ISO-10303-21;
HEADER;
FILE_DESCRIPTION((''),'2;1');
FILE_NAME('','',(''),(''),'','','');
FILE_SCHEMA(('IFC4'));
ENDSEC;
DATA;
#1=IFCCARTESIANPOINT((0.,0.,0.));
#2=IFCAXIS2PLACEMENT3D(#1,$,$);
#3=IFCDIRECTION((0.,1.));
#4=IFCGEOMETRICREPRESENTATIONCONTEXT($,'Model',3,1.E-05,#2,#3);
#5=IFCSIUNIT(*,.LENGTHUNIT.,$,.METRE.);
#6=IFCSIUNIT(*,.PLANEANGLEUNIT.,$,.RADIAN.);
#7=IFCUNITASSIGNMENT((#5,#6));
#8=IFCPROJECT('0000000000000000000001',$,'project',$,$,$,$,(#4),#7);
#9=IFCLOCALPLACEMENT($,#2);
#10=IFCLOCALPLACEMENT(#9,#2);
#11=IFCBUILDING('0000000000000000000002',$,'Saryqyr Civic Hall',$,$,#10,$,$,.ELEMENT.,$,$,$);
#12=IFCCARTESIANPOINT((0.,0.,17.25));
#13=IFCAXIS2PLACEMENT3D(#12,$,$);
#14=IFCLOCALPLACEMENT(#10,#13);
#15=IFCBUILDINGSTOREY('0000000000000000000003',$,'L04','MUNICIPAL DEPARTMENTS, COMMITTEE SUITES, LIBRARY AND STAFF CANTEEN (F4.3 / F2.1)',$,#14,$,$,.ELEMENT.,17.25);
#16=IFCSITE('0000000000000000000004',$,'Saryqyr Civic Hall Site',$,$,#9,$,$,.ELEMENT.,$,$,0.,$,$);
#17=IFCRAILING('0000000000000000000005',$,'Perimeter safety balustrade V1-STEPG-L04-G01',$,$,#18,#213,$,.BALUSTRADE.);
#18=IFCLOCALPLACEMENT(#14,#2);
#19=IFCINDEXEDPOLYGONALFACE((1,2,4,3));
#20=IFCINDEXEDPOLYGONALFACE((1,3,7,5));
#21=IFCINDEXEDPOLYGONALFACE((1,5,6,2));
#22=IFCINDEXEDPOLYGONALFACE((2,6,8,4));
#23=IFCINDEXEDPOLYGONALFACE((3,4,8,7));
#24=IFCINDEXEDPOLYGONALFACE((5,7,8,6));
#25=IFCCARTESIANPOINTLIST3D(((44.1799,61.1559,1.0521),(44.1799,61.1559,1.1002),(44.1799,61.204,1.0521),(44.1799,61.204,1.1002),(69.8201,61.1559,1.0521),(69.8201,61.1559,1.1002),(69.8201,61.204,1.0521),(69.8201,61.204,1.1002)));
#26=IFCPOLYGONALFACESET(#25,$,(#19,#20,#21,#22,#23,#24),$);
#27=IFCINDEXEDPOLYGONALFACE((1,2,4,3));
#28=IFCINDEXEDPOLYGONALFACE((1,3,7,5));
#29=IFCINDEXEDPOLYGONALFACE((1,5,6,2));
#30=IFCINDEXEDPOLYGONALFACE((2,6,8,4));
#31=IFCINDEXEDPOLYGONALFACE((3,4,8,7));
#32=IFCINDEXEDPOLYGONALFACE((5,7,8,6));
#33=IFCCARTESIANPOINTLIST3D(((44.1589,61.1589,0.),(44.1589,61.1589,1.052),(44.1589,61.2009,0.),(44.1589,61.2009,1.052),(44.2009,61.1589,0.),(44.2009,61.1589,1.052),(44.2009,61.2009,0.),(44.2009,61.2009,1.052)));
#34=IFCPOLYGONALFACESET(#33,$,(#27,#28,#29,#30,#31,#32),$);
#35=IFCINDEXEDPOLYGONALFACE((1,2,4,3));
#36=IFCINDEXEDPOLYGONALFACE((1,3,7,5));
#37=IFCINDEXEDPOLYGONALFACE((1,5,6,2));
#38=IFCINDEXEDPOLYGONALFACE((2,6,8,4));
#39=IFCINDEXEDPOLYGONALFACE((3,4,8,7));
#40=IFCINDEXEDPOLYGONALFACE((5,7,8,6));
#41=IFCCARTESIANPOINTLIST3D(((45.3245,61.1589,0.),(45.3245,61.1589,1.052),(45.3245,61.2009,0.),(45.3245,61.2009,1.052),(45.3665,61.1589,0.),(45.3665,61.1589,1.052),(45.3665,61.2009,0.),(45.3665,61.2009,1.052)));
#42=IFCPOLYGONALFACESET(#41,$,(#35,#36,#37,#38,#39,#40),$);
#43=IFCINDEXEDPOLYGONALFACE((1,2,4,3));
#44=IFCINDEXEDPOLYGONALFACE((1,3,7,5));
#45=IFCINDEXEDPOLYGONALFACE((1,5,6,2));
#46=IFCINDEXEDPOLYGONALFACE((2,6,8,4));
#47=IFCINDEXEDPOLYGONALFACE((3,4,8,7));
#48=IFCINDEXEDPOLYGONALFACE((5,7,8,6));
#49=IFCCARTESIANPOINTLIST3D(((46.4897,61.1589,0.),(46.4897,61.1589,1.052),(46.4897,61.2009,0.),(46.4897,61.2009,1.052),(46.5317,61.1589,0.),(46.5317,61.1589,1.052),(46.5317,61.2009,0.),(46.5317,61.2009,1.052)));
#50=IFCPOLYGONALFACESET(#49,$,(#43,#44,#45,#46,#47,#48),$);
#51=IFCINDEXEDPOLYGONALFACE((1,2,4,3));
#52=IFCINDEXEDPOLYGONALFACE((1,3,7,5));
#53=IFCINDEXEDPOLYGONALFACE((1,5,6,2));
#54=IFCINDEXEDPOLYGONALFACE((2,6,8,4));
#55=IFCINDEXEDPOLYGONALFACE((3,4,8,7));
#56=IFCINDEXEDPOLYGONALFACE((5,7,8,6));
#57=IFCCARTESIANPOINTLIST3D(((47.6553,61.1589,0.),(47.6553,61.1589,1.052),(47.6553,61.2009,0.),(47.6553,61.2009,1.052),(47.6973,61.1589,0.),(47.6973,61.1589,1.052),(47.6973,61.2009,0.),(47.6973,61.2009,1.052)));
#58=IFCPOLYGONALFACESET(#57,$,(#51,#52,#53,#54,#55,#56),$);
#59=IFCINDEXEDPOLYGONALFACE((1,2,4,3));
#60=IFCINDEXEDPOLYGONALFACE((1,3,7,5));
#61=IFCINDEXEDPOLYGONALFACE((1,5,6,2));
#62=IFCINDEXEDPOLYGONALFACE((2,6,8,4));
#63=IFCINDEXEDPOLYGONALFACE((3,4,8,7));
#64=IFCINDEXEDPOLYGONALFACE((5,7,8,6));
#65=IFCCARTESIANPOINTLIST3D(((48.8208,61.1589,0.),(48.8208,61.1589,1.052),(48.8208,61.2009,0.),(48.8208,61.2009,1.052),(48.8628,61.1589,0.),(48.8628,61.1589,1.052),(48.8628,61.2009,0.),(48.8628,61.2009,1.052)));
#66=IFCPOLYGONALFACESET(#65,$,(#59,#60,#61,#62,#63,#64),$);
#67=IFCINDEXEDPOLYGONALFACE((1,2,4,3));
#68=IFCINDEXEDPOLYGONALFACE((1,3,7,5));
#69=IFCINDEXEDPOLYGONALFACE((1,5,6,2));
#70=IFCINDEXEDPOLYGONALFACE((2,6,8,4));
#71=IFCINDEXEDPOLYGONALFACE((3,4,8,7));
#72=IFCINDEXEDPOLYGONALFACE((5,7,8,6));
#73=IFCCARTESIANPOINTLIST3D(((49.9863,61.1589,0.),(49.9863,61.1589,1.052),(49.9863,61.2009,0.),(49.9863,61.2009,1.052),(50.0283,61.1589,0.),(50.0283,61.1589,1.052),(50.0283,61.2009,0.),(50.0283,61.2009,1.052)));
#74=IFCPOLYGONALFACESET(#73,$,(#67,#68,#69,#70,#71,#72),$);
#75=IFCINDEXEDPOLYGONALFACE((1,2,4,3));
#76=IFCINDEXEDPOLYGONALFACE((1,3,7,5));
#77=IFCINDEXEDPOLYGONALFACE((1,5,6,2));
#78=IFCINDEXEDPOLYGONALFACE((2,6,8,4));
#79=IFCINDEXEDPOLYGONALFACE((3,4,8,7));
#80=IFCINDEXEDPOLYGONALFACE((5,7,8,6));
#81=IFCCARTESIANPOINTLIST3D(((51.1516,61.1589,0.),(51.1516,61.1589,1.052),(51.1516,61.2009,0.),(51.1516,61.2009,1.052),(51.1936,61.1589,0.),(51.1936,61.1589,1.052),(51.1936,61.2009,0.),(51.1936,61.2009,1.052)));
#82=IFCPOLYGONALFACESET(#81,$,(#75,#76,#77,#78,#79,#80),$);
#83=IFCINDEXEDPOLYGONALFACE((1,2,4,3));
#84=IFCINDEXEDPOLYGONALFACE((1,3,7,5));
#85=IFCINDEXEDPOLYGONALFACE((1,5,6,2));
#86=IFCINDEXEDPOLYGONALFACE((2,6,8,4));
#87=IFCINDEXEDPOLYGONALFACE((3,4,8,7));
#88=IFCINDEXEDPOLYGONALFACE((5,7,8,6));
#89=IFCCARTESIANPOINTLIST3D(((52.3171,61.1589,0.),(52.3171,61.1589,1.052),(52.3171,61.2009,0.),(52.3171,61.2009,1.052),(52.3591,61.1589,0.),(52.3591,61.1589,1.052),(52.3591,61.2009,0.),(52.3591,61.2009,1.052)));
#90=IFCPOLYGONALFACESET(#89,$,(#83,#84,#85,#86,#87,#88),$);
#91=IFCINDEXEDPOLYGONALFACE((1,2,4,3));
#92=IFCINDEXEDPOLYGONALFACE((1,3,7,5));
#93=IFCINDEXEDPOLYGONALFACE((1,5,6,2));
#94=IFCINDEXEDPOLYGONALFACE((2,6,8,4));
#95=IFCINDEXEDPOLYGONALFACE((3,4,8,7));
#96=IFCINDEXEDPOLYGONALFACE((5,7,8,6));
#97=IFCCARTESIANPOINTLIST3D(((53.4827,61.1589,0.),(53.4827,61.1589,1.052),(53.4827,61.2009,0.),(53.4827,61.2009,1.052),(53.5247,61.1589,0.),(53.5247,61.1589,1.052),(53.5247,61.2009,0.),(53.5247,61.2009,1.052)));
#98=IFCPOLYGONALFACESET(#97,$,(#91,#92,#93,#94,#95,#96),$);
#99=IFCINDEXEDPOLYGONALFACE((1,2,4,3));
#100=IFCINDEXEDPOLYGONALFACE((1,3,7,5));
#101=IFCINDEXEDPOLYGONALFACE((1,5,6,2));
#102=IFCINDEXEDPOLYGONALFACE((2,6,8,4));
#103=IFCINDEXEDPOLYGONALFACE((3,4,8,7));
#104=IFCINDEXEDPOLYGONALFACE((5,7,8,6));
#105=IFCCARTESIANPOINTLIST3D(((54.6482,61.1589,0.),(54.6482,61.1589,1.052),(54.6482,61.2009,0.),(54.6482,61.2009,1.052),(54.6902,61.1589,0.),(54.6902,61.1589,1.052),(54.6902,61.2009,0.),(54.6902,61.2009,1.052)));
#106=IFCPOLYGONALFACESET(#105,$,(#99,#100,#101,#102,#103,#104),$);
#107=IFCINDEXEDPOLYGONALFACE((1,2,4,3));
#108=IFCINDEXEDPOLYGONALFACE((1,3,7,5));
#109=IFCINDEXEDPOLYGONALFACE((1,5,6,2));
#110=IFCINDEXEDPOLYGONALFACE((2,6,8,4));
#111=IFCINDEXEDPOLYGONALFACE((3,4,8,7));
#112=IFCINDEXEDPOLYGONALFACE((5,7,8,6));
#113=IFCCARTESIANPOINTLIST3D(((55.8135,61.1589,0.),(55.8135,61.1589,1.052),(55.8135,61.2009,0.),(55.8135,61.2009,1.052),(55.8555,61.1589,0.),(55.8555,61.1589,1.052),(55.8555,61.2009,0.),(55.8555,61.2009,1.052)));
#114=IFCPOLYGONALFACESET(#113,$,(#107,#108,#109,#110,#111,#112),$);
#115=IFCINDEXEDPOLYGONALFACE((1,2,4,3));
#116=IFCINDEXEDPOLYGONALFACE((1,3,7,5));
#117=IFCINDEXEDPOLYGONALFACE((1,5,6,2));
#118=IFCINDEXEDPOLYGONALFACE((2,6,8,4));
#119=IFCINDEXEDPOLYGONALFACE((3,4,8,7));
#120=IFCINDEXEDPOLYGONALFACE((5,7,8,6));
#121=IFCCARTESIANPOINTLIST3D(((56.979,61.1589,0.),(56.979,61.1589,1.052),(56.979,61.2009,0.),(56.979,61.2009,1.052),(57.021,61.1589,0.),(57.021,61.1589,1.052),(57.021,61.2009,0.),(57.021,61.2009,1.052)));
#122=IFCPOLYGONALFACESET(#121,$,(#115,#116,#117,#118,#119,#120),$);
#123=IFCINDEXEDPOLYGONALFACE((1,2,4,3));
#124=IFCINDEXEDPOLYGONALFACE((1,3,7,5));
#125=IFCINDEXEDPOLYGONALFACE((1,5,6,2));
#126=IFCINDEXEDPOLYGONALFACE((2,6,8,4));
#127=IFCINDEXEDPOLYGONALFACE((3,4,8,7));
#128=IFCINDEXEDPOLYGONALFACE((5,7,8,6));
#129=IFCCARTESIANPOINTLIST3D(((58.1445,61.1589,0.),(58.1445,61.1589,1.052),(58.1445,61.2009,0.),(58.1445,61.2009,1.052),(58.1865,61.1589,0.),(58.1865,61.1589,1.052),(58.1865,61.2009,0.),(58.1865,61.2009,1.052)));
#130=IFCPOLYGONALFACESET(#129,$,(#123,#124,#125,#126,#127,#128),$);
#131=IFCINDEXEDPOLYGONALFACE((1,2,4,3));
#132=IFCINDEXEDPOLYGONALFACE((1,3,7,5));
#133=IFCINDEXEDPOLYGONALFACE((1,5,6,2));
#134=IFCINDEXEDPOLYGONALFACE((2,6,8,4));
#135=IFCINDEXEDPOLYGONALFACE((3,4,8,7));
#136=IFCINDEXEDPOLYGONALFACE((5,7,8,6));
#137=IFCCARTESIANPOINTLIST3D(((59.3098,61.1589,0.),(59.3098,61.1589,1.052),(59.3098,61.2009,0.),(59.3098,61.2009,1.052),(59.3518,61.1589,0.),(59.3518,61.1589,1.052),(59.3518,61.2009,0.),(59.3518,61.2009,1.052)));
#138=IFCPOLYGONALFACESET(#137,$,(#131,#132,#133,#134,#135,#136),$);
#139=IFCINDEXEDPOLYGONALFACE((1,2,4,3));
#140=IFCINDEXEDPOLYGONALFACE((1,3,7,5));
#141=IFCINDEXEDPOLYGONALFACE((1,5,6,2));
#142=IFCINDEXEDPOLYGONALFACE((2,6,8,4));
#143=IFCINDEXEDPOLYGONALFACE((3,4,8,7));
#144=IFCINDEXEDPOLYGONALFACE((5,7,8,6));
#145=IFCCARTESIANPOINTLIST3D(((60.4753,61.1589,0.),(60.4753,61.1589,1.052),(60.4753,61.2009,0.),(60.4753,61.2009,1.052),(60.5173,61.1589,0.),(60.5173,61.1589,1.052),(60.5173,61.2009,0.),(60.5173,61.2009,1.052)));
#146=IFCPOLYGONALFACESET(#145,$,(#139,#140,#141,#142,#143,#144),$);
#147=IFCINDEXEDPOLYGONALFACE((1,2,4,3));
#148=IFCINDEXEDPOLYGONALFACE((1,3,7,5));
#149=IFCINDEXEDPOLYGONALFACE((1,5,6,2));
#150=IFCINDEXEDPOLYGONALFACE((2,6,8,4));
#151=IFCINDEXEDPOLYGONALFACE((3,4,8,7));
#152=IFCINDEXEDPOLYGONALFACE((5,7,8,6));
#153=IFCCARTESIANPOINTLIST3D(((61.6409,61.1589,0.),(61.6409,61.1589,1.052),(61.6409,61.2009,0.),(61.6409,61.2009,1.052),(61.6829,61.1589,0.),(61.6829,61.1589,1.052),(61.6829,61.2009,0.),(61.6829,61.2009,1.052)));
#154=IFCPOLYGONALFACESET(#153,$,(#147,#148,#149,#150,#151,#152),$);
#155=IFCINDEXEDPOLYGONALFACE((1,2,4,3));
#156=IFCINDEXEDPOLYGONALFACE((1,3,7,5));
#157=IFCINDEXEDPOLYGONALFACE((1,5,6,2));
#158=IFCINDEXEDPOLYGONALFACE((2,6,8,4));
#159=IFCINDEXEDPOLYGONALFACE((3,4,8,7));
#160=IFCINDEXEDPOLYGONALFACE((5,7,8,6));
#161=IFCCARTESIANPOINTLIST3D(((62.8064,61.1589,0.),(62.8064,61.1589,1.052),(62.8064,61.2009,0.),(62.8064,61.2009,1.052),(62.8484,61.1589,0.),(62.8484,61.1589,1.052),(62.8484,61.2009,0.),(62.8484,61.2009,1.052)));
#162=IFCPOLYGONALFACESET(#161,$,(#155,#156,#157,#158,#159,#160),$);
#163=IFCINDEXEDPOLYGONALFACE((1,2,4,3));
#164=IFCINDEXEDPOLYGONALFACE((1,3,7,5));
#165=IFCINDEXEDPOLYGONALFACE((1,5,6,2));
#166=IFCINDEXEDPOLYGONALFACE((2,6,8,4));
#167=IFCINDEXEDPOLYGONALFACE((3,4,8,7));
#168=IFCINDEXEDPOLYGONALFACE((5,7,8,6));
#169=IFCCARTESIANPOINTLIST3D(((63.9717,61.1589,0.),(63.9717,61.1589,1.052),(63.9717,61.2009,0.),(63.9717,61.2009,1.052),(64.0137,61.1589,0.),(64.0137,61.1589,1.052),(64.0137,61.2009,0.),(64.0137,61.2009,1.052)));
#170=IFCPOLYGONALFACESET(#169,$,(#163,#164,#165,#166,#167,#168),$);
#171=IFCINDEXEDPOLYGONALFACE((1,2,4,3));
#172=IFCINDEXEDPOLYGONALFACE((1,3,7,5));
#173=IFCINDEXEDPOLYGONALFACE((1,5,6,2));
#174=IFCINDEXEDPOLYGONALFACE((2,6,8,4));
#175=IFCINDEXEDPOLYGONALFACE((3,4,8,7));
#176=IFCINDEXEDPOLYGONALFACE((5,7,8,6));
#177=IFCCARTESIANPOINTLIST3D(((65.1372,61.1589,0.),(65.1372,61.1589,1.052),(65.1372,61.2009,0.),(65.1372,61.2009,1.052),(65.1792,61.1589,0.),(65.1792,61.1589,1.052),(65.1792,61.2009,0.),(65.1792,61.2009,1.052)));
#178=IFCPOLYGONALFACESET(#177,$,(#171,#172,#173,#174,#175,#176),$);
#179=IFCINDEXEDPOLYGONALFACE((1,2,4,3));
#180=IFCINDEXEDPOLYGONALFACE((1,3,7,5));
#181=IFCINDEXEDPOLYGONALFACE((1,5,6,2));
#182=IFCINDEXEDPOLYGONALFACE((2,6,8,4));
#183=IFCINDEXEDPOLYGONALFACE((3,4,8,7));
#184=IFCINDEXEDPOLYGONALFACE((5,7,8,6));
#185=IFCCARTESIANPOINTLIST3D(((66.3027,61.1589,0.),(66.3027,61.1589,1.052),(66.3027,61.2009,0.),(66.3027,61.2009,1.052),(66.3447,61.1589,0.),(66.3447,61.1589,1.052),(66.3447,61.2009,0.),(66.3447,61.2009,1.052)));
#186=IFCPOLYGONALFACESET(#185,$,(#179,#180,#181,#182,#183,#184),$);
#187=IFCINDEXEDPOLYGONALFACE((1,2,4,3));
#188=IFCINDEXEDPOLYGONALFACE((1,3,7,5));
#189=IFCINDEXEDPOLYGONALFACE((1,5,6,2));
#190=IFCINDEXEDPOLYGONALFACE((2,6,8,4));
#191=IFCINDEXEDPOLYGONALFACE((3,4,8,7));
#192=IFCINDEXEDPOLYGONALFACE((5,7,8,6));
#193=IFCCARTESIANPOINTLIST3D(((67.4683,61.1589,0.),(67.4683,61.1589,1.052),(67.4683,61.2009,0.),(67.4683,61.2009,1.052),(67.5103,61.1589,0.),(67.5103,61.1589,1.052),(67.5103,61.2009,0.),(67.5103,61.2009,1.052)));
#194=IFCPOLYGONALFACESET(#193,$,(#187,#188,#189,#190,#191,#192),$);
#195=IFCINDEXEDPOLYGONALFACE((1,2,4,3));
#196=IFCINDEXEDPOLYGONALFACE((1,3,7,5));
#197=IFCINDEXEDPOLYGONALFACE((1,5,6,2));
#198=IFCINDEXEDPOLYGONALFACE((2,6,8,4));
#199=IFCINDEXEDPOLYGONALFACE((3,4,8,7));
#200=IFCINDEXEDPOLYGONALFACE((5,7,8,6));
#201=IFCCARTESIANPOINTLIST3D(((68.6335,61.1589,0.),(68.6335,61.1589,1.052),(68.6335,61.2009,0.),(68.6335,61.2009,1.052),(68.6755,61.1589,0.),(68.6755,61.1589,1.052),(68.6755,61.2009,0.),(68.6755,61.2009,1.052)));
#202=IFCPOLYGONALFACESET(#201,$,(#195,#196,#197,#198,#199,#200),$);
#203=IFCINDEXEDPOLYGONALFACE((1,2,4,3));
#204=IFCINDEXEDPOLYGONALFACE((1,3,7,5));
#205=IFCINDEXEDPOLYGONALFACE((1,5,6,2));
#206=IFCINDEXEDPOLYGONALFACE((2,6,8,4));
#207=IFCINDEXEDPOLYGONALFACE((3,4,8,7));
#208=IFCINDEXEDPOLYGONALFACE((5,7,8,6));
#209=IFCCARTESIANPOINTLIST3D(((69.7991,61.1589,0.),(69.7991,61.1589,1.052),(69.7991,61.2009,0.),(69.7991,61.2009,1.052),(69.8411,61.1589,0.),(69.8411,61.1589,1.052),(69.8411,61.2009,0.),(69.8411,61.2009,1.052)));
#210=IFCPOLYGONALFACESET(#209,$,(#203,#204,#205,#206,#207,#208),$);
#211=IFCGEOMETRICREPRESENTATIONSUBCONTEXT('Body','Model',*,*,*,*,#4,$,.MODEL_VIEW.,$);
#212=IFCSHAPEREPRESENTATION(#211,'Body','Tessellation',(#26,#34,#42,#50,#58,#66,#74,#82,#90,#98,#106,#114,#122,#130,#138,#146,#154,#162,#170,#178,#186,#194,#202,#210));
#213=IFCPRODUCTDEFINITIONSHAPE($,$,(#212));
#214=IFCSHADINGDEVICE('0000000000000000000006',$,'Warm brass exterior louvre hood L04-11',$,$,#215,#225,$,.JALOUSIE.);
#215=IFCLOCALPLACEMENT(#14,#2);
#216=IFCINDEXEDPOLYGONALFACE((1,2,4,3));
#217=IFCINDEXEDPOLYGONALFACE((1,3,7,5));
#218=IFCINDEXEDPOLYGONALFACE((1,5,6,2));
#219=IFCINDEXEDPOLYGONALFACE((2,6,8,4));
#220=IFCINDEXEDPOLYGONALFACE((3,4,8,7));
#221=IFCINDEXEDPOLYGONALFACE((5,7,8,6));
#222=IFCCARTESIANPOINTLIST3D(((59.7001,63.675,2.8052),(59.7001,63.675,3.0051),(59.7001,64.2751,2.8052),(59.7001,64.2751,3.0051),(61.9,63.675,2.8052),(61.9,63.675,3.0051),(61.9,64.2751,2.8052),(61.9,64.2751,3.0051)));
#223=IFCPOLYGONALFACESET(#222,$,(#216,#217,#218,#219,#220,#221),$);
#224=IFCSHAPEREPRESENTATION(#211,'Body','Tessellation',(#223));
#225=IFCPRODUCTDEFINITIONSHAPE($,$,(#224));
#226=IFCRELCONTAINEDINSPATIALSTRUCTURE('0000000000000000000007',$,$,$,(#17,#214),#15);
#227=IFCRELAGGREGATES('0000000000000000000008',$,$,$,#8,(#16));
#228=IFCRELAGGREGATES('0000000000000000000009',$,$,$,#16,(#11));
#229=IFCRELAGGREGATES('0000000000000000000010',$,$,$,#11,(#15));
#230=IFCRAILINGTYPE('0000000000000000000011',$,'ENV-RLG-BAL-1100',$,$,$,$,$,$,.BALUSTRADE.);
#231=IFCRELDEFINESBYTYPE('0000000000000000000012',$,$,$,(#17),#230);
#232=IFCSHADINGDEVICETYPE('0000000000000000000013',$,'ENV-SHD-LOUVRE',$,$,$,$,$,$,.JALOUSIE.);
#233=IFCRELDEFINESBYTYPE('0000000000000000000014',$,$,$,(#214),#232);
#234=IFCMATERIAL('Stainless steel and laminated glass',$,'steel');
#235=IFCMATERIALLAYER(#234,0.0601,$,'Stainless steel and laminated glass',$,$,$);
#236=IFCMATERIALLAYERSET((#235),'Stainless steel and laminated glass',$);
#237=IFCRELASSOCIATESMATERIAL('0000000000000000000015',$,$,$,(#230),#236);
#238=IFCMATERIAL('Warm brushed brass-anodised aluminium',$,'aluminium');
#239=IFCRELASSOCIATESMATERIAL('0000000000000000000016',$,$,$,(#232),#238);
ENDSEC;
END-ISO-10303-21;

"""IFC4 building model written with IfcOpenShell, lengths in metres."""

from ifc_helpers import new_model, si_unit, direction, frame, origin, origin_2d, place, context, subcontext, project, spatial, rectangle, extrude, material, layer, layer_set, type_object, element, save


model = new_model("IFC4")

# Units and contexts
model_context = context("Model", 3, precision=1e-05, world=origin(), true_north=direction((0.0, 1.0)))
body_context = subcontext(model_context, "Body", "Model", "MODEL_VIEW")
ifc_project = project(units=[si_unit("LENGTHUNIT", "METRE"), si_unit("PLANEANGLEUNIT", "RADIAN")], contexts=[model_context])

# Site, building, storey
site_placement = place(None, origin())
site = spatial("IfcSite", under=ifc_project, at=site_placement, Name="Saryqyr Civic Hall Site", CompositionType="ELEMENT", RefElevation=0.0)
building_placement = place(site_placement, origin())
building = spatial("IfcBuilding", under=site, at=building_placement, Name="Saryqyr Civic Hall", CompositionType="ELEMENT")
storey_placement = place(building_placement, frame((0.0, 0.0, 17.25)))
storey = spatial("IfcBuildingStorey", under=building, at=storey_placement, Name="L04", Description="MUNICIPAL DEPARTMENTS, COMMITTEE SUITES, LIBRARY AND STAFF CANTEEN (F4.3 / F2.1)", CompositionType="ELEMENT", Elevation=17.25)

# Shared definitions
ifc_material_1 = material(Name="Warm brushed brass-anodised aluminium", Category="aluminium")

# Railing
ifc_material_2 = material(Name="Stainless steel and laminated glass", Category="steel")
ifc_layer_1 = layer(ifc_material_2, 0.0601, Name="Stainless steel and laminated glass")
ifc_layer_set_1 = layer_set([ifc_layer_1], Name="Stainless steel and laminated glass")
railing_type_1 = type_object("IfcRailingType", Name="ENV-RLG-BAL-1100", PredefinedType="BALUSTRADE", material=ifc_layer_set_1)
railing_1_placement = place(storey_placement, frame((44.1799, 61.1799, 0.0)))
element("IfcRailing", 1, at=railing_1_placement, inside=storey, type_object=railing_type_1, Name="Perimeter safety balustrade V1-STEPG-L04-G01", PredefinedType="BALUSTRADE", context=body_context, shape_type="SweptSolid", body=[
    extrude(rectangle(XDim=0.0481, YDim=0.0481, at=origin_2d()), frame((0.0, 0.0, 1.0762), z_axis=(1.0, 0.0, 0.0), x_axis=(0.0, 1.0, 0.0)), (0.0, 0.0, 1.0), 25.6401),
    extrude(rectangle(XDim=0.042, YDim=0.042, at=origin_2d()), origin(), (0.0, 0.0, 1.0), 1.052),
    extrude(rectangle(XDim=0.042, YDim=0.042, at=origin_2d()), frame((1.1655, 0.0, 0.0)), (0.0, 0.0, 1.0), 1.052),
    extrude(rectangle(XDim=0.042, YDim=0.042, at=origin_2d()), frame((2.3308, 0.0, 0.0)), (0.0, 0.0, 1.0), 1.052),
    extrude(rectangle(XDim=0.042, YDim=0.042, at=origin_2d()), frame((3.4963, 0.0, 0.0)), (0.0, 0.0, 1.0), 1.052),
    extrude(rectangle(XDim=0.042, YDim=0.042, at=origin_2d()), frame((4.6619, 0.0, 0.0)), (0.0, 0.0, 1.0), 1.052),
    extrude(rectangle(XDim=0.042, YDim=0.042, at=origin_2d()), frame((5.8274, 0.0, 0.0)), (0.0, 0.0, 1.0), 1.052),
    extrude(rectangle(XDim=0.042, YDim=0.042, at=origin_2d()), frame((6.9927, 0.0, 0.0)), (0.0, 0.0, 1.0), 1.052),
    extrude(rectangle(XDim=0.042, YDim=0.042, at=origin_2d()), frame((8.1582, 0.0, 0.0)), (0.0, 0.0, 1.0), 1.052),
    extrude(rectangle(XDim=0.042, YDim=0.042, at=origin_2d()), frame((9.3237, 0.0, 0.0)), (0.0, 0.0, 1.0), 1.052),
    extrude(rectangle(XDim=0.042, YDim=0.042, at=origin_2d()), frame((10.4893, 0.0, 0.0)), (0.0, 0.0, 1.0), 1.052),
    extrude(rectangle(XDim=0.042, YDim=0.042, at=origin_2d()), frame((11.6545, 0.0, 0.0)), (0.0, 0.0, 1.0), 1.052),
    extrude(rectangle(XDim=0.042, YDim=0.042, at=origin_2d()), frame((12.8201, 0.0, 0.0)), (0.0, 0.0, 1.0), 1.052),
    extrude(rectangle(XDim=0.042, YDim=0.042, at=origin_2d()), frame((13.9856, 0.0, 0.0)), (0.0, 0.0, 1.0), 1.052),
    extrude(rectangle(XDim=0.042, YDim=0.042, at=origin_2d()), frame((15.1509, 0.0, 0.0)), (0.0, 0.0, 1.0), 1.052),
    extrude(rectangle(XDim=0.042, YDim=0.042, at=origin_2d()), frame((16.3164, 0.0, 0.0)), (0.0, 0.0, 1.0), 1.052),
    extrude(rectangle(XDim=0.042, YDim=0.042, at=origin_2d()), frame((17.4819, 0.0, 0.0)), (0.0, 0.0, 1.0), 1.052),
    extrude(rectangle(XDim=0.042, YDim=0.042, at=origin_2d()), frame((18.6475, 0.0, 0.0)), (0.0, 0.0, 1.0), 1.052),
    extrude(rectangle(XDim=0.042, YDim=0.042, at=origin_2d()), frame((19.8127, 0.0, 0.0)), (0.0, 0.0, 1.0), 1.052),
    extrude(rectangle(XDim=0.042, YDim=0.042, at=origin_2d()), frame((20.9783, 0.0, 0.0)), (0.0, 0.0, 1.0), 1.052),
    extrude(rectangle(XDim=0.042, YDim=0.042, at=origin_2d()), frame((22.1438, 0.0, 0.0)), (0.0, 0.0, 1.0), 1.052),
    extrude(rectangle(XDim=0.042, YDim=0.042, at=origin_2d()), frame((23.3093, 0.0, 0.0)), (0.0, 0.0, 1.0), 1.052),
    extrude(rectangle(XDim=0.042, YDim=0.042, at=origin_2d()), frame((24.4746, 0.0, 0.0)), (0.0, 0.0, 1.0), 1.052),
    extrude(rectangle(XDim=0.042, YDim=0.042, at=origin_2d()), frame((25.6401, 0.0, 0.0)), (0.0, 0.0, 1.0), 1.052),
])

# Shading device
shading_device_type = type_object("IfcShadingDeviceType", Name="ENV-SHD-LOUVRE", PredefinedType="JALOUSIE", material=ifc_material_1)
shading_device_placement = place(storey_placement, frame((60.8, 63.9751, 2.8052), z_axis=(0.0, 0.0, 1.0), x_axis=(-1.0, 0.0, 0.0)))
element("IfcShadingDevice", 2, at=shading_device_placement, inside=storey, type_object=shading_device_type, Name="Warm brass exterior louvre hood L04-11", PredefinedType="JALOUSIE", context=body_context, shape_type="SweptSolid", body=[
    extrude(rectangle(XDim=2.2, YDim=0.6001, at=origin_2d()), origin(), (0.0, 0.0, 1.0), 0.2),
])

save(model, "model.ifc")
